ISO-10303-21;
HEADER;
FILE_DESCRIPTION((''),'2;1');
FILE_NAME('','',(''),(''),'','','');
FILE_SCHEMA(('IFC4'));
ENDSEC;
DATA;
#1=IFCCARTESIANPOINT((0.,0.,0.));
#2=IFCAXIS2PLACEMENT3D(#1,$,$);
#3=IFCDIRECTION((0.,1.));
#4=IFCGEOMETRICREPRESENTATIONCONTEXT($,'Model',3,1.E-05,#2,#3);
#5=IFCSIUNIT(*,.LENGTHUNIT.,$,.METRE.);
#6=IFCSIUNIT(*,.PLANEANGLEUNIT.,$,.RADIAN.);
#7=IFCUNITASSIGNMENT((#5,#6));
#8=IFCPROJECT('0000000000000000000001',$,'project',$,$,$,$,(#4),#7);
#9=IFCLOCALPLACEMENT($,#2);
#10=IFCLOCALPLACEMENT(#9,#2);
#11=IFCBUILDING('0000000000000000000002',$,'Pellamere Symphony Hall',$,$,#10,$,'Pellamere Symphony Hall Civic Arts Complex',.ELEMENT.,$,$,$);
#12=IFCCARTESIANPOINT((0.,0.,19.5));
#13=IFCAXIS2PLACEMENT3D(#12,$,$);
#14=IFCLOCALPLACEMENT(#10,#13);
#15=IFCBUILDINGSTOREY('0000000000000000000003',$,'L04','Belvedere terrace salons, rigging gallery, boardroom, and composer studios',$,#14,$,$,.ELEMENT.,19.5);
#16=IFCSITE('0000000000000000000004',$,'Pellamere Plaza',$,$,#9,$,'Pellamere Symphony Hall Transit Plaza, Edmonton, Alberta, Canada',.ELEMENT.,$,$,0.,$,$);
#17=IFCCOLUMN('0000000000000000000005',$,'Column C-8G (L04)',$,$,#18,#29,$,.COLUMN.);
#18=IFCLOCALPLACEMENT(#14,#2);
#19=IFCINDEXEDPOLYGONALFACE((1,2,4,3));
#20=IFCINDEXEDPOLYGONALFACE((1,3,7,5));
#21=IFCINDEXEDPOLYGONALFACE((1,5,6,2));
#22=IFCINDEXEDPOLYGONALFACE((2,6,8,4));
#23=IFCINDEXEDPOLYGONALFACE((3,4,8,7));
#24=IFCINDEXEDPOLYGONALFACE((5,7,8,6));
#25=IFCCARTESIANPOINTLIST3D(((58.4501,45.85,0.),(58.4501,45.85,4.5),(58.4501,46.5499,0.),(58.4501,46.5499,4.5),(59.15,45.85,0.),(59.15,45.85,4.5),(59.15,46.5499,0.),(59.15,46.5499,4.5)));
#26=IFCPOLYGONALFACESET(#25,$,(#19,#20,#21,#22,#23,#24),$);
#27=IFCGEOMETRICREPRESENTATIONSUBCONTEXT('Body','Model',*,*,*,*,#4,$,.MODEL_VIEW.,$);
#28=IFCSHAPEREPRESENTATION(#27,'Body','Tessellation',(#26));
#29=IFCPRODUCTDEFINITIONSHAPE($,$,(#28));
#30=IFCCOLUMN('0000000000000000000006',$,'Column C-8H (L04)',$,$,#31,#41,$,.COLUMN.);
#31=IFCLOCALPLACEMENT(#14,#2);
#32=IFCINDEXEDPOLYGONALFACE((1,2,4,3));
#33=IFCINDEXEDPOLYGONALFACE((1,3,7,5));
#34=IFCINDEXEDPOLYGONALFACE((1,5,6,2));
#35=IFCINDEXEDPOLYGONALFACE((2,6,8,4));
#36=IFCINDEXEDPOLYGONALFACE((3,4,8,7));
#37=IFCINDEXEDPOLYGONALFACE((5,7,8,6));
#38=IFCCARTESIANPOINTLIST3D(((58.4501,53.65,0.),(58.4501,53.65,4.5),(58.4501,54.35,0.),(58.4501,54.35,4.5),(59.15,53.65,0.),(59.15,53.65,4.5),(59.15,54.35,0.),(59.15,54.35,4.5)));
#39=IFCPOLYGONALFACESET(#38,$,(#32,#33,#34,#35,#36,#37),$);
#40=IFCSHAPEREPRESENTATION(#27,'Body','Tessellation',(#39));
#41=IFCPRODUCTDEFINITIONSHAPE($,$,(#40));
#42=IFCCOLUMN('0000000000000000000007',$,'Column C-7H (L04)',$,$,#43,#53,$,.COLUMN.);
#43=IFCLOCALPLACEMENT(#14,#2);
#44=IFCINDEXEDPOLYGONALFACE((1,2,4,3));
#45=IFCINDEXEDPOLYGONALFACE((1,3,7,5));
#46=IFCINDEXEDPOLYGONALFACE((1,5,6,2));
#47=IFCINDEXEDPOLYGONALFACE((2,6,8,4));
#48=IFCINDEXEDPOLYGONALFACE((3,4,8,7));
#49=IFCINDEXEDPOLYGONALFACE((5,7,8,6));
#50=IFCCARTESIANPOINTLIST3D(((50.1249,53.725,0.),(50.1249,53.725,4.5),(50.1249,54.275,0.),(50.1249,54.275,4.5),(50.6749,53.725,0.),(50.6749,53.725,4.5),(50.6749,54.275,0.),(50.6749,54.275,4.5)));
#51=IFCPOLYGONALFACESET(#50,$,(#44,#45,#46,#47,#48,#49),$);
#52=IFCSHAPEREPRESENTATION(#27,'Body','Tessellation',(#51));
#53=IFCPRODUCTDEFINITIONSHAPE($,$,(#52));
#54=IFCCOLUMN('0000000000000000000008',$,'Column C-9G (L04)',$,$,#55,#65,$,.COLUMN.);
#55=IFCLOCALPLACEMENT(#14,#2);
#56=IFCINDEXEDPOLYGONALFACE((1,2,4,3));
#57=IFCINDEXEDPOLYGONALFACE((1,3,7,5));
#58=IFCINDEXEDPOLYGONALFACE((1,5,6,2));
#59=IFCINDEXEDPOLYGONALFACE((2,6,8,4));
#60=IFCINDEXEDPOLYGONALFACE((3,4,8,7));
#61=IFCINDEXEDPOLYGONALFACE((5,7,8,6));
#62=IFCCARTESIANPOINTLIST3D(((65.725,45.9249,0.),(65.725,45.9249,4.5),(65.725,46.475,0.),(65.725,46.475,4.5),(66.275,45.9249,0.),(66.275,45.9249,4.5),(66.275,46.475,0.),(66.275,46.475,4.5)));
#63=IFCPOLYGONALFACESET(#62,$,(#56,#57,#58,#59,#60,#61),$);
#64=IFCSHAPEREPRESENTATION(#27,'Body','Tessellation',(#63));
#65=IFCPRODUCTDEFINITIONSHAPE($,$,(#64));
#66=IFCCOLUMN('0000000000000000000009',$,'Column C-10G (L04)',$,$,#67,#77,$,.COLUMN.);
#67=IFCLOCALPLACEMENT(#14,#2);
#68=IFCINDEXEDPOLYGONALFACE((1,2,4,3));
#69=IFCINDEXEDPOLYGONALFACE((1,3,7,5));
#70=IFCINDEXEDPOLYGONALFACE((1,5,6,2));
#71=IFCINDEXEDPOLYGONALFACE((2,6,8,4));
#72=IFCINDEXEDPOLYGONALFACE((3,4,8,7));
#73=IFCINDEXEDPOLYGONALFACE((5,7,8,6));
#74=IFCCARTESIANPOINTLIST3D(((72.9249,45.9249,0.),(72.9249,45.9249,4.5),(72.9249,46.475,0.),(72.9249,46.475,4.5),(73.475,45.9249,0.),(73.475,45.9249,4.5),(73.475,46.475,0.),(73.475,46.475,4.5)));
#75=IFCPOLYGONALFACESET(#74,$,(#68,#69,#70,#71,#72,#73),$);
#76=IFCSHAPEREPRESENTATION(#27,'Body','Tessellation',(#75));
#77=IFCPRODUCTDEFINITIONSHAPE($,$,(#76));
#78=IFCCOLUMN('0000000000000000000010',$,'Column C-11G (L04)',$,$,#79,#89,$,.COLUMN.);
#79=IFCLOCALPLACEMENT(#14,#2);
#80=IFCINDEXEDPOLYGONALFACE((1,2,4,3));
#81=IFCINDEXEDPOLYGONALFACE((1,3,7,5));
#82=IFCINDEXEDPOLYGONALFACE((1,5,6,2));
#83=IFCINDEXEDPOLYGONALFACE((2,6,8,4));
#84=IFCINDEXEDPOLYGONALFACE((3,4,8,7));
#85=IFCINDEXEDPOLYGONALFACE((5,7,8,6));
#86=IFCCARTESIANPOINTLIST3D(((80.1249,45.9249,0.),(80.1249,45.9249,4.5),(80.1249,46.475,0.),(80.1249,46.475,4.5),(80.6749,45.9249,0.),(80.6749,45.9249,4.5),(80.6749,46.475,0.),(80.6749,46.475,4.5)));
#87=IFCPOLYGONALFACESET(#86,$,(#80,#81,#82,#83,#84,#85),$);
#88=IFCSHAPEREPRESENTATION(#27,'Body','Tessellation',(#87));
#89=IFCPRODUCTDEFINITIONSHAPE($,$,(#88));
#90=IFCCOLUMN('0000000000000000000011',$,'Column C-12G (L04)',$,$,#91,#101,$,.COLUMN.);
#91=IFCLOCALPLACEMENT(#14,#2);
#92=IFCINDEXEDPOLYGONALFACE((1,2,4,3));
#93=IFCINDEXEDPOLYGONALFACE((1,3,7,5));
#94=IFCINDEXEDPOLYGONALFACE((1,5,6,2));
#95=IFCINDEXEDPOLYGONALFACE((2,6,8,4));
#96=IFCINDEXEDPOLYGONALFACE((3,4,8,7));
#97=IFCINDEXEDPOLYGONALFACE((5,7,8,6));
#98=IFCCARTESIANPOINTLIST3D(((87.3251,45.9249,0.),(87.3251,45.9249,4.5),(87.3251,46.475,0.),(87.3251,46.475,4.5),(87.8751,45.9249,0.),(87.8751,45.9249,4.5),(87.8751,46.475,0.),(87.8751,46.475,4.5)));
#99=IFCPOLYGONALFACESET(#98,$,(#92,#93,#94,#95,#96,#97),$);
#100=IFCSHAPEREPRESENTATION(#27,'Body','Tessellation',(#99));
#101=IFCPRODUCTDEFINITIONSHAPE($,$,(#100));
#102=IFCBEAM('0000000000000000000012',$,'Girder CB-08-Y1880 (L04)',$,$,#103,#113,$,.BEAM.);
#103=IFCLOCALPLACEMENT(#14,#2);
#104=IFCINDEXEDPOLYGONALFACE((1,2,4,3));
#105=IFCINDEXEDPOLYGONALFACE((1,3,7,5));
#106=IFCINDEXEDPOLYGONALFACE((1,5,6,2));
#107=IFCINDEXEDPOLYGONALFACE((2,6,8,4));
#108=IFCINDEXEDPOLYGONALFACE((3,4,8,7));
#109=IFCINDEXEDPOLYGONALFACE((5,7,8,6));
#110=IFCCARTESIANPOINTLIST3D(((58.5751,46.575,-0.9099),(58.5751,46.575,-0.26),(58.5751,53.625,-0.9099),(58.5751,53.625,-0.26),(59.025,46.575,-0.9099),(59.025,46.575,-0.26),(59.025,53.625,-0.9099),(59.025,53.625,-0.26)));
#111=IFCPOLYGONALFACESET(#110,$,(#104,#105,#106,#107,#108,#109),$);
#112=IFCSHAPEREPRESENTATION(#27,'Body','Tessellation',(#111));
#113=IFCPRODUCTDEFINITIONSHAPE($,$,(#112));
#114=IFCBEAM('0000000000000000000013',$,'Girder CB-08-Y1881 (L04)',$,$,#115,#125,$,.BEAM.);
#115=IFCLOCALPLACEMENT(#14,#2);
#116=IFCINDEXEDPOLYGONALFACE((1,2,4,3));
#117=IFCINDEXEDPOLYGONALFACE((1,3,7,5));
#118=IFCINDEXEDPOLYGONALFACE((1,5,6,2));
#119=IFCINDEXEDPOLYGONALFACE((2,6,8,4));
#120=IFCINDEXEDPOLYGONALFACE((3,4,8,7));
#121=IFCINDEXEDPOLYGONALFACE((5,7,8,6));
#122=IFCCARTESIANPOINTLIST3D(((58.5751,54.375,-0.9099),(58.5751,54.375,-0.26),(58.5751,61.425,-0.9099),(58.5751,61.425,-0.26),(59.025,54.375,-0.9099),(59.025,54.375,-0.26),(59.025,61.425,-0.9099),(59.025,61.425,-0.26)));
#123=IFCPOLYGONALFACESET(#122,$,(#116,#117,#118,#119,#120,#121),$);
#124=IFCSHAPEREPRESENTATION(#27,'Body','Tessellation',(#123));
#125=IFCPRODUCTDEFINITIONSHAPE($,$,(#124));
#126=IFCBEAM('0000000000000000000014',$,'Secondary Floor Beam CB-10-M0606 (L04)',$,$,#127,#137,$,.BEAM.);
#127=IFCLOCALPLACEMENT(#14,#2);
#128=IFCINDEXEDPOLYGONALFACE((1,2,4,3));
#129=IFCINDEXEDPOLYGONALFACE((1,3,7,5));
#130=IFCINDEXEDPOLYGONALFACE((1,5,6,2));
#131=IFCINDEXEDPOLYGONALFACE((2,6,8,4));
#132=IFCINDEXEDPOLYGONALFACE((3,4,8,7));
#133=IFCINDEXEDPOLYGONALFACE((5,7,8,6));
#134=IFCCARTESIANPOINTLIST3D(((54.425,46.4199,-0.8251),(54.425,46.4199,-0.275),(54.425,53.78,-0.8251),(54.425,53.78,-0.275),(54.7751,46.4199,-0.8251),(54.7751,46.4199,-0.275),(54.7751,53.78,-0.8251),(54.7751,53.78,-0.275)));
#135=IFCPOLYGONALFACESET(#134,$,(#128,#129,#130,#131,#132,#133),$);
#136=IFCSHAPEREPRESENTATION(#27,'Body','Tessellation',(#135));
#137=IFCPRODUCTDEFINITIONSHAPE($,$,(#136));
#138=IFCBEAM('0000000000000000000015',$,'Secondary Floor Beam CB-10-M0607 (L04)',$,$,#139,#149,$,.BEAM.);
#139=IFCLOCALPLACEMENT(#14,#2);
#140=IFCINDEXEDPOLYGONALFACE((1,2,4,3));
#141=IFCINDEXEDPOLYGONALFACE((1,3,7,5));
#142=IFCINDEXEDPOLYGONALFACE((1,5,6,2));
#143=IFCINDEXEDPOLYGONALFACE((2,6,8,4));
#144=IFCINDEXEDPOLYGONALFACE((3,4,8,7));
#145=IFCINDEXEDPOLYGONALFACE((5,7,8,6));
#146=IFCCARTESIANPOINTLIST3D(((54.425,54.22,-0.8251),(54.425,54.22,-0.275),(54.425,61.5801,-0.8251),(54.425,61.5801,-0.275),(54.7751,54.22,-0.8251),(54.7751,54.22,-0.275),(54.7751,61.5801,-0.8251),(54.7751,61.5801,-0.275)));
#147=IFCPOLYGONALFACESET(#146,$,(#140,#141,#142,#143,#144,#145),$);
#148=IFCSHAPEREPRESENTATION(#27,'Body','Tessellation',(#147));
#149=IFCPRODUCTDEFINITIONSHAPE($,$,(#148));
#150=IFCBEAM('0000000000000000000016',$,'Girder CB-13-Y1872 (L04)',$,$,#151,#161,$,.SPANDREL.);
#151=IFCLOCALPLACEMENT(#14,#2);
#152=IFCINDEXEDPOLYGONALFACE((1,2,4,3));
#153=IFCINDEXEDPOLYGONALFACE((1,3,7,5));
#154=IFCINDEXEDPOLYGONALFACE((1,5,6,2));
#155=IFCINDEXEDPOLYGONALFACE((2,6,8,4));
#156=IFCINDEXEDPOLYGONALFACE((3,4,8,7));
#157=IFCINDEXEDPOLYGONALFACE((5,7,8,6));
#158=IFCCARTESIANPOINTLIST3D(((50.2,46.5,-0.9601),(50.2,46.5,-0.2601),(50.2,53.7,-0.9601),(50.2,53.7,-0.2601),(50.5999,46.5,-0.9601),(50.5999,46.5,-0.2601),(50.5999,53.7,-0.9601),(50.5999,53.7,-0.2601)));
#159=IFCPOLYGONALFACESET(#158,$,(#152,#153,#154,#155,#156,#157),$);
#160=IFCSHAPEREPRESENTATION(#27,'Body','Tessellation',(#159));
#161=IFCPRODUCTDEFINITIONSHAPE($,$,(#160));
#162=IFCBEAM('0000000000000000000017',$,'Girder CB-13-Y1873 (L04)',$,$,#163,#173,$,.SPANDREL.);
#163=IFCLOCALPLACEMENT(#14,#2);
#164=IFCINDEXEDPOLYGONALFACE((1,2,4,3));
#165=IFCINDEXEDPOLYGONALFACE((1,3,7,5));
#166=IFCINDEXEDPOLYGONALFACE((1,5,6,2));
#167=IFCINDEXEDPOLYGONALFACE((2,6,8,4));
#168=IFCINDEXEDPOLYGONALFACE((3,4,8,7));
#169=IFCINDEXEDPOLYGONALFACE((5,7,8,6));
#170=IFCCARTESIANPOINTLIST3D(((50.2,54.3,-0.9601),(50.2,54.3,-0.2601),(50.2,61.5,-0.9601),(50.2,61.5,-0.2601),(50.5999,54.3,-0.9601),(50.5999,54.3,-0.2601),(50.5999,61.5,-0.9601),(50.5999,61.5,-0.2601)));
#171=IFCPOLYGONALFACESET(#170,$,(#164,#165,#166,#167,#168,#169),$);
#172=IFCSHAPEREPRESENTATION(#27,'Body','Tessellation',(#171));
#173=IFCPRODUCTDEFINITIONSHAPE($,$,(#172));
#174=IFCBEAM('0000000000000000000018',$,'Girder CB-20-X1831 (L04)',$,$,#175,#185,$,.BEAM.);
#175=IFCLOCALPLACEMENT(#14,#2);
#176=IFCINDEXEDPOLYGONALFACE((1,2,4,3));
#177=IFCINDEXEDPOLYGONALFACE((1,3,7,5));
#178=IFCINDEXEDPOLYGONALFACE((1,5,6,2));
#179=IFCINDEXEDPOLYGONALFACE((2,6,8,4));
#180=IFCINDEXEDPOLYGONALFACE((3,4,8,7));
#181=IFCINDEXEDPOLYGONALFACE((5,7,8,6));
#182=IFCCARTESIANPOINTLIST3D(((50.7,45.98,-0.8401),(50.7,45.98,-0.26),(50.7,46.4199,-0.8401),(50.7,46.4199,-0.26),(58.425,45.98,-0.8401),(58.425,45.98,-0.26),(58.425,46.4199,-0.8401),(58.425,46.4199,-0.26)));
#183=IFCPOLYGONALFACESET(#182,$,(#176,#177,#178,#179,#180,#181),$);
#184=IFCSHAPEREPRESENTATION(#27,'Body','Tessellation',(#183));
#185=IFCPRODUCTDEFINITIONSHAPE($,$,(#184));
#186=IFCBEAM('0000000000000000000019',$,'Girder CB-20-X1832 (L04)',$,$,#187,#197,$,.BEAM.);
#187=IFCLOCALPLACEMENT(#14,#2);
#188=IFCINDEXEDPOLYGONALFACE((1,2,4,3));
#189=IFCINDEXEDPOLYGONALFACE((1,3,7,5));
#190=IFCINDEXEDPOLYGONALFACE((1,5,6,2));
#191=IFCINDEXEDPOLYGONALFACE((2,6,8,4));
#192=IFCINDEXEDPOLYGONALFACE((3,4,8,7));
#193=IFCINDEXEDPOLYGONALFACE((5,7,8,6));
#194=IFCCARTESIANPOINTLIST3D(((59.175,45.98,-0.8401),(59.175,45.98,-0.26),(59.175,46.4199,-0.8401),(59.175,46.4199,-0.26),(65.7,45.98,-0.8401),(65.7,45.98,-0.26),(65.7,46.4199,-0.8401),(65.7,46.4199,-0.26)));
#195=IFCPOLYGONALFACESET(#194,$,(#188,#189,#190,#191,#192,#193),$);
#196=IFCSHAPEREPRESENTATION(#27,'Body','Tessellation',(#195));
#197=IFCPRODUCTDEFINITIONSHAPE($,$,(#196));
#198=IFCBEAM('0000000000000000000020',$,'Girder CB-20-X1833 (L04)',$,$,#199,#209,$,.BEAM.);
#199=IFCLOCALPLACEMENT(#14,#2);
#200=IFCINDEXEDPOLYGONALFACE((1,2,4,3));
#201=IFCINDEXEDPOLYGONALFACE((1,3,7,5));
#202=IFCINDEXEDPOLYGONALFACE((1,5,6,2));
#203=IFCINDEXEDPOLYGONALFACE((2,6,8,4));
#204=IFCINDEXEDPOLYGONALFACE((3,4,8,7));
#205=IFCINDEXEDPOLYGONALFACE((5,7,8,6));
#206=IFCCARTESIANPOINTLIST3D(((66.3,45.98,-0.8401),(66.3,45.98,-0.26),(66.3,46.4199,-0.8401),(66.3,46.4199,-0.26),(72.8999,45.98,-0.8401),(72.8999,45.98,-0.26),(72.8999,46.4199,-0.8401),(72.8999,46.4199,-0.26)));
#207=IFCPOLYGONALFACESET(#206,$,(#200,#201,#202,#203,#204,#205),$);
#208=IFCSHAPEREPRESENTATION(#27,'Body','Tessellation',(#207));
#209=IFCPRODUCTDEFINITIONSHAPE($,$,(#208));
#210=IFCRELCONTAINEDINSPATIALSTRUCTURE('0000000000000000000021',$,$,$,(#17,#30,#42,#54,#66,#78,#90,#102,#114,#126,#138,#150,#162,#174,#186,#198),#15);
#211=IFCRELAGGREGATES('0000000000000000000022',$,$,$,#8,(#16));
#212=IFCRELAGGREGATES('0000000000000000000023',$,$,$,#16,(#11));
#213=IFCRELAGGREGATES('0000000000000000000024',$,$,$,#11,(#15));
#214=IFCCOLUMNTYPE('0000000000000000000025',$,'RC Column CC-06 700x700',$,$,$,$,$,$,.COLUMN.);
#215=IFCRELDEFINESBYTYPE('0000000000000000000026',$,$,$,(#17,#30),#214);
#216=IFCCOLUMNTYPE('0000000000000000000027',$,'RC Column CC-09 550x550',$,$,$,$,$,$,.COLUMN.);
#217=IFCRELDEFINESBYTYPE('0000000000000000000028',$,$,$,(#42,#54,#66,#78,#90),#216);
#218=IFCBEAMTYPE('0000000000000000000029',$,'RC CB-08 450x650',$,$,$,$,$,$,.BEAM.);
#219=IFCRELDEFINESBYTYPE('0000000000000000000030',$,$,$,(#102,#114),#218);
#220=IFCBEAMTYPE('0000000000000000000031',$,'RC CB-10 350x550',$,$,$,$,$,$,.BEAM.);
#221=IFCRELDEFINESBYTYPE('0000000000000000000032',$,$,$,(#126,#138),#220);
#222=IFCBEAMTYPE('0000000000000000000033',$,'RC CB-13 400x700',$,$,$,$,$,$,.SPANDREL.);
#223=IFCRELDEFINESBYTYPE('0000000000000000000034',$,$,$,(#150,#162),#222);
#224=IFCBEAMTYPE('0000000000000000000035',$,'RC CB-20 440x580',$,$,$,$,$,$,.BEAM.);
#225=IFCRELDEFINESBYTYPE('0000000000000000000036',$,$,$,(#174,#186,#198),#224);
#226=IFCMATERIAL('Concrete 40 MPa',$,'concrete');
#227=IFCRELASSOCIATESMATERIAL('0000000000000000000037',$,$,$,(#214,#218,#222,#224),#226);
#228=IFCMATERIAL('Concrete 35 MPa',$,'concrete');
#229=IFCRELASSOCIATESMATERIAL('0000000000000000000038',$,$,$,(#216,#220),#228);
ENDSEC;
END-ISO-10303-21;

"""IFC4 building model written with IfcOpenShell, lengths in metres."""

from ifc_helpers import new_model, si_unit, direction, frame, origin, origin_2d, place, context, subcontext, project, spatial, rectangle, extrude, material, material_profile, profile_set, type_object, element, save


model = new_model("IFC4")

# Units and contexts
model_context = context("Model", 3, precision=1e-05, world=origin(), true_north=direction((0.0, 1.0)))
body_context = subcontext(model_context, "Body", "Model", "MODEL_VIEW")
ifc_project = project(units=[si_unit("LENGTHUNIT", "METRE"), si_unit("PLANEANGLEUNIT", "RADIAN")], contexts=[model_context])

# Site, building, storey
site_placement = place(None, origin())
site = spatial("IfcSite", under=ifc_project, at=site_placement, Name="Pellamere Plaza", LongName="Pellamere Symphony Hall Transit Plaza, Edmonton, Alberta, Canada", CompositionType="ELEMENT", RefElevation=0.0)
building_placement = place(site_placement, origin())
building = spatial("IfcBuilding", under=site, at=building_placement, Name="Pellamere Symphony Hall", LongName="Pellamere Symphony Hall Civic Arts Complex", CompositionType="ELEMENT")
storey_placement = place(building_placement, frame((0.0, 0.0, 19.5)))
storey = spatial("IfcBuildingStorey", under=building, at=storey_placement, Name="L04", Description="Belvedere terrace salons, rigging gallery, boardroom, and composer studios", CompositionType="ELEMENT", Elevation=19.5)

# Columns
ifc_material_1 = material(Name="Concrete 40 MPa", Category="concrete")
ifc_material_profile_1 = material_profile(ifc_material_1, rectangle(XDim=0.7, YDim=0.7, at=origin_2d()), Name="RC 700x700")
ifc_profile_set_1 = profile_set([ifc_material_profile_1], Name="Concrete 40 MPa")
column_type_1 = type_object("IfcColumnType", Name="RC Column CC-06 700x700", PredefinedType="COLUMN", material=ifc_profile_set_1)
for number, where, z_axis, x_axis, name in (
    (1, (58.8, 46.2, 0.0), (0.0, 0.0, 1.0), (1.0, 0.0, 0.0), "Column C-8G (L04)"),
    (2, (58.8, 54.0, 0.0), (0.0, 0.0, 1.0), (1.0, 0.0, 0.0), "Column C-8H (L04)"),
):
    element("IfcColumn", number, at=place(storey_placement, frame(where, z_axis=z_axis, x_axis=x_axis)), inside=storey, type_object=column_type_1, Name=name, PredefinedType="COLUMN", context=body_context, shape_type="SweptSolid", body=[
        extrude(rectangle(XDim=0.7, YDim=0.7, at=origin_2d()), origin(), (0.0, 0.0, 1.0), 4.5),
    ])
ifc_material_2 = material(Name="Concrete 35 MPa", Category="concrete")
ifc_material_profile_2 = material_profile(ifc_material_2, rectangle(XDim=0.55, YDim=0.55, at=origin_2d()), Name="RC 550x550")
ifc_profile_set_2 = profile_set([ifc_material_profile_2], Name="Concrete 35 MPa")
column_type_2 = type_object("IfcColumnType", Name="RC Column CC-09 550x550", PredefinedType="COLUMN", material=ifc_profile_set_2)
for number, where, z_axis, x_axis, name in (
    (3, (50.3999, 54.0, 0.0), (0.0, 0.0, 1.0), (1.0, 0.0, 0.0), "Column C-7H (L04)"),
    (4, (66.0, 46.2, 0.0), (0.0, 0.0, 1.0), (1.0, 0.0, 0.0), "Column C-9G (L04)"),
    (5, (73.2, 46.2, 0.0), (0.0, 0.0, 1.0), (1.0, 0.0, 0.0), "Column C-10G (L04)"),
    (6, (80.3999, 46.2, 0.0), (0.0, 0.0, 1.0), (1.0, 0.0, 0.0), "Column C-11G (L04)"),
    (7, (87.6001, 46.2, 0.0), (0.0, 0.0, 1.0), (1.0, 0.0, 0.0), "Column C-12G (L04)"),
):
    element("IfcColumn", number, at=place(storey_placement, frame(where, z_axis=z_axis, x_axis=x_axis)), inside=storey, type_object=column_type_2, Name=name, PredefinedType="COLUMN", context=body_context, shape_type="SweptSolid", body=[
        extrude(rectangle(XDim=0.55, YDim=0.55, at=origin_2d()), origin(), (0.0, 0.0, 1.0), 4.5),
    ])

# Beams
ifc_material_profile_3 = material_profile(ifc_material_1, rectangle(XDim=0.45, YDim=0.6499, at=origin_2d()), Name="RC 450x650")
ifc_profile_set_3 = profile_set([ifc_material_profile_3], Name="Concrete 40 MPa")
beam_type_1 = type_object("IfcBeamType", Name="RC CB-08 450x650", PredefinedType="BEAM", material=ifc_profile_set_3)
for number, where, z_axis, x_axis, name in (
    (8, (58.8, 46.575, -0.585), (0.0, 1.0, 0.0), (-1.0, 0.0, 0.0), "Girder CB-08-Y1880 (L04)"),
    (9, (58.8, 54.375, -0.585), (0.0, 1.0, 0.0), (-1.0, 0.0, 0.0), "Girder CB-08-Y1881 (L04)"),
):
    element("IfcBeam", number, at=place(storey_placement, frame(where, z_axis=z_axis, x_axis=x_axis)), inside=storey, type_object=beam_type_1, Name=name, PredefinedType="BEAM", context=body_context, shape_type="SweptSolid", body=[
        extrude(rectangle(XDim=0.45, YDim=0.6499, at=origin_2d()), origin(), (0.0, 0.0, 1.0), 7.05),
    ])
ifc_material_profile_4 = material_profile(ifc_material_2, rectangle(XDim=0.3501, YDim=0.55, at=origin_2d()), Name="RC 350x550")
ifc_profile_set_4 = profile_set([ifc_material_profile_4], Name="Concrete 35 MPa")
beam_type_2 = type_object("IfcBeamType", Name="RC CB-10 350x550", PredefinedType="BEAM", material=ifc_profile_set_4)
for number, where, z_axis, x_axis, name in (
    (10, (54.6001, 46.4199, -0.55), (0.0, 1.0, 0.0), (-1.0, 0.0, 0.0), "Secondary Floor Beam CB-10-M0606 (L04)"),
    (11, (54.6001, 54.22, -0.55), (0.0, 1.0, 0.0), (-1.0, 0.0, 0.0), "Secondary Floor Beam CB-10-M0607 (L04)"),
):
    element("IfcBeam", number, at=place(storey_placement, frame(where, z_axis=z_axis, x_axis=x_axis)), inside=storey, type_object=beam_type_2, Name=name, PredefinedType="BEAM", context=body_context, shape_type="SweptSolid", body=[
        extrude(rectangle(XDim=0.3501, YDim=0.55, at=origin_2d()), origin(), (0.0, 0.0, 1.0), 7.3601),
    ])
ifc_material_profile_5 = material_profile(ifc_material_1, rectangle(XDim=0.3999, YDim=0.7, at=origin_2d()), Name="RC 400x700")
ifc_profile_set_5 = profile_set([ifc_material_profile_5], Name="Concrete 40 MPa")
beam_type_3 = type_object("IfcBeamType", Name="RC CB-13 400x700", PredefinedType="SPANDREL", material=ifc_profile_set_5)
for number, where, z_axis, x_axis, name in (
    (12, (50.3999, 46.5, -0.6101), (0.0, 1.0, 0.0), (-1.0, 0.0, 0.0), "Girder CB-13-Y1872 (L04)"),
    (13, (50.3999, 54.3, -0.6101), (0.0, 1.0, 0.0), (-1.0, 0.0, 0.0), "Girder CB-13-Y1873 (L04)"),
):
    element("IfcBeam", number, at=place(storey_placement, frame(where, z_axis=z_axis, x_axis=x_axis)), inside=storey, type_object=beam_type_3, Name=name, PredefinedType="SPANDREL", context=body_context, shape_type="SweptSolid", body=[
        extrude(rectangle(XDim=0.3999, YDim=0.7, at=origin_2d()), origin(), (0.0, 0.0, 1.0), 7.2),
    ])
ifc_material_profile_6 = material_profile(ifc_material_1, rectangle(XDim=0.4399, YDim=0.5801, at=origin_2d()), Name="RC 440x580")
ifc_profile_set_6 = profile_set([ifc_material_profile_6], Name="Concrete 40 MPa")
beam_type_4 = type_object("IfcBeamType", Name="RC CB-20 440x580", PredefinedType="BEAM", material=ifc_profile_set_6)
beam_1_placement = place(storey_placement, frame((50.7, 46.2, -0.55), z_axis=(1.0, 0.0, 0.0), x_axis=(0.0, 1.0, 0.0)))
element("IfcBeam", 14, at=beam_1_placement, inside=storey, type_object=beam_type_4, Name="Girder CB-20-X1831 (L04)", PredefinedType="BEAM", context=body_context, shape_type="SweptSolid", body=[
    extrude(rectangle(XDim=0.4399, YDim=0.5801, at=origin_2d()), origin(), (0.0, 0.0, 1.0), 7.7251),
])
beam_2_placement = place(storey_placement, frame((59.175, 46.2, -0.55), z_axis=(1.0, 0.0, 0.0), x_axis=(0.0, 1.0, 0.0)))
element("IfcBeam", 15, at=beam_2_placement, inside=storey, type_object=beam_type_4, Name="Girder CB-20-X1832 (L04)", PredefinedType="BEAM", context=body_context, shape_type="SweptSolid", body=[
    extrude(rectangle(XDim=0.4399, YDim=0.5801, at=origin_2d()), origin(), (0.0, 0.0, 1.0), 6.5249),
])
beam_3_placement = place(storey_placement, frame((66.3, 46.2, -0.55), z_axis=(1.0, 0.0, 0.0), x_axis=(0.0, 1.0, 0.0)))
element("IfcBeam", 16, at=beam_3_placement, inside=storey, type_object=beam_type_4, Name="Girder CB-20-X1833 (L04)", PredefinedType="BEAM", context=body_context, shape_type="SweptSolid", body=[
    extrude(rectangle(XDim=0.4399, YDim=0.5801, at=origin_2d()), origin(), (0.0, 0.0, 1.0), 6.5999),
])

save(model, "model.ifc")
